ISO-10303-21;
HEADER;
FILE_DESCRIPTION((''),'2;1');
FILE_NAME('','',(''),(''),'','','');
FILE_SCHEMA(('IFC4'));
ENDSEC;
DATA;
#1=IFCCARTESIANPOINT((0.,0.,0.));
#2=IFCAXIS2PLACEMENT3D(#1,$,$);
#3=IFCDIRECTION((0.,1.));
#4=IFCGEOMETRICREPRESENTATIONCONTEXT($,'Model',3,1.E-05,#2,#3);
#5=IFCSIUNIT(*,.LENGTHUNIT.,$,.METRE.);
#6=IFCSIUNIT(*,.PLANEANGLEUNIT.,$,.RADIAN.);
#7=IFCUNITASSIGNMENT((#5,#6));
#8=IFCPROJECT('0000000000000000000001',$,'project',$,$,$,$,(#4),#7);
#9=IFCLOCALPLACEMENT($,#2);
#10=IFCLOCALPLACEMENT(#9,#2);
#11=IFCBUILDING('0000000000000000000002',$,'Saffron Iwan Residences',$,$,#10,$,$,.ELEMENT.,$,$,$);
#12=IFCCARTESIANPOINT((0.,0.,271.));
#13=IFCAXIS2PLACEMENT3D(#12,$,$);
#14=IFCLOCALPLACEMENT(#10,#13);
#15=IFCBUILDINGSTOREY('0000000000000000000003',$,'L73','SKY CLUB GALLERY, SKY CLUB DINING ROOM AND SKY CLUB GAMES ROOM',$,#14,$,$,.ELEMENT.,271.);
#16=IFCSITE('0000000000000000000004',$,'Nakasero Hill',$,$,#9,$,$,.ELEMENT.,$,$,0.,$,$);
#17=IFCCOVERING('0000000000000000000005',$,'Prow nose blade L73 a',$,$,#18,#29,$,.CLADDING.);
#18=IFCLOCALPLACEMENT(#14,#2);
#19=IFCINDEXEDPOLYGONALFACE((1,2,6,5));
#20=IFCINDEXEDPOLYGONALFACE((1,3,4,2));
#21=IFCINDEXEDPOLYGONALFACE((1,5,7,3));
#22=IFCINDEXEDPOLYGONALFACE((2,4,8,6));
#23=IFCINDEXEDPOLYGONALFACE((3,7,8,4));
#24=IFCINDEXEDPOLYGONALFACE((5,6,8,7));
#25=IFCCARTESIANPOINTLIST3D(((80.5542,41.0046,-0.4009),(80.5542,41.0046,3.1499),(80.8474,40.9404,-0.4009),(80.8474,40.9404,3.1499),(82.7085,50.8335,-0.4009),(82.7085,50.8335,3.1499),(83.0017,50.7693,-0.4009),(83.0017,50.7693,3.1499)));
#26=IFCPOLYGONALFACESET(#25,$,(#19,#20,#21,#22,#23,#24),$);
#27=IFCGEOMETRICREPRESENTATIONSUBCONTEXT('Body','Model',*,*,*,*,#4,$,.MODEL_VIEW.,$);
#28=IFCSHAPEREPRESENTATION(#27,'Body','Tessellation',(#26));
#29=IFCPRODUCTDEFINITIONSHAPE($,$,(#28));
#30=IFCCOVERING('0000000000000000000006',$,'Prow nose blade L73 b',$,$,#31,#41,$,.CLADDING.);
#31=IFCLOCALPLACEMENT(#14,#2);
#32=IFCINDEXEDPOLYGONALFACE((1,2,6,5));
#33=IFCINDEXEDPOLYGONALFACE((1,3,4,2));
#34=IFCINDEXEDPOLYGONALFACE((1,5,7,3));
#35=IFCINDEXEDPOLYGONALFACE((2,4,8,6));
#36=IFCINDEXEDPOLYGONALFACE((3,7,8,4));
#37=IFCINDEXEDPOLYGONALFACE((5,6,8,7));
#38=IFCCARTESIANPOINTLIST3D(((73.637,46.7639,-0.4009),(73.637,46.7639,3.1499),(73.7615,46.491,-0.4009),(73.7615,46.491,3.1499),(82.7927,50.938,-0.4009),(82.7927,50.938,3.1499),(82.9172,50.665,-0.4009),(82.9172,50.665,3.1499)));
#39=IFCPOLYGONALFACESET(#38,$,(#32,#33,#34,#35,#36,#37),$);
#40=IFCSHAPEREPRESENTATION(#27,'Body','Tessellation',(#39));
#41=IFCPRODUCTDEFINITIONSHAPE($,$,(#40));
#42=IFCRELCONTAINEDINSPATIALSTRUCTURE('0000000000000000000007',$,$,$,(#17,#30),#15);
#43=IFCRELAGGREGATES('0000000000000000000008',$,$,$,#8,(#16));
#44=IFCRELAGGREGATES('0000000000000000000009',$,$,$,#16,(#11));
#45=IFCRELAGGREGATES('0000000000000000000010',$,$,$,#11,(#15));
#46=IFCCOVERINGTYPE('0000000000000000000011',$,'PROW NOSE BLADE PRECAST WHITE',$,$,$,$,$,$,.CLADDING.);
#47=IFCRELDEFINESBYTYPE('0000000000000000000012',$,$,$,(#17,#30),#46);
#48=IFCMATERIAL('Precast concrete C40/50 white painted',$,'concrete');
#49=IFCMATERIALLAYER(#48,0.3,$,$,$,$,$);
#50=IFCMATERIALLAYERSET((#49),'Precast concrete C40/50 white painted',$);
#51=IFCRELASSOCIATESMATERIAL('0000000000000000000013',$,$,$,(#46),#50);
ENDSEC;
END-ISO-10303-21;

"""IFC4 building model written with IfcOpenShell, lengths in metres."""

from ifc_helpers import new_model, si_unit, direction, frame, origin, place, context, subcontext, project, spatial, polyline, outline, extrude, material, layer, layer_set, type_object, element, save


model = new_model("IFC4")

# Units and contexts
model_context = context("Model", 3, precision=1e-05, world=origin(), true_north=direction((0.0, 1.0)))
body_context = subcontext(model_context, "Body", "Model", "MODEL_VIEW")
ifc_project = project(units=[si_unit("LENGTHUNIT", "METRE"), si_unit("PLANEANGLEUNIT", "RADIAN")], contexts=[model_context])

# Site, building, storey
site_placement = place(None, origin())
site = spatial("IfcSite", under=ifc_project, at=site_placement, Name="Nakasero Hill", CompositionType="ELEMENT", RefElevation=0.0)
building_placement = place(site_placement, origin())
building = spatial("IfcBuilding", under=site, at=building_placement, Name="Saffron Iwan Residences", CompositionType="ELEMENT")
storey_placement = place(building_placement, frame((0.0, 0.0, 271.0)))
storey = spatial("IfcBuildingStorey", under=building, at=storey_placement, Name="L73", Description="SKY CLUB GALLERY, SKY CLUB DINING ROOM AND SKY CLUB GAMES ROOM", CompositionType="ELEMENT", Elevation=271.0)

# Coverings
ifc_material_1 = material(Name="Precast concrete C40/50 white painted", Category="concrete")
ifc_layer_1 = layer(ifc_material_1, 0.3)
ifc_layer_set_1 = layer_set([ifc_layer_1], Name="Precast concrete C40/50 white painted")
covering_type_1 = type_object("IfcCoveringType", Name="PROW NOSE BLADE PRECAST WHITE", PredefinedType="CLADDING", material=ifc_layer_set_1)
covering_1_placement = place(storey_placement, frame((0.0, 0.0, -0.4009)))
element("IfcCovering", 1, at=covering_1_placement, inside=storey, type_object=covering_type_1, Name="Prow nose blade L73 a", PredefinedType="CLADDING", context=body_context, shape_type="SweptSolid", body=[
    extrude(outline(polyline([(80.8474, 40.9404), (83.0017, 50.7693), (82.7085, 50.8335), (80.5542, 41.0046), (80.8474, 40.9404)])), origin(), (0.0, 0.0, 1.0), 3.5508),
])
covering_2_placement = place(storey_placement, frame((0.0, 0.0, -0.4009)))
element("IfcCovering", 2, at=covering_2_placement, inside=storey, type_object=covering_type_1, Name="Prow nose blade L73 b", PredefinedType="CLADDING", context=body_context, shape_type="SweptSolid", body=[
    extrude(outline(polyline([(73.7615, 46.491), (82.9172, 50.665), (82.7927, 50.938), (73.637, 46.7639), (73.7615, 46.491)])), origin(), (0.0, 0.0, 1.0), 3.5508),
])

save(model, "model.ifc")
